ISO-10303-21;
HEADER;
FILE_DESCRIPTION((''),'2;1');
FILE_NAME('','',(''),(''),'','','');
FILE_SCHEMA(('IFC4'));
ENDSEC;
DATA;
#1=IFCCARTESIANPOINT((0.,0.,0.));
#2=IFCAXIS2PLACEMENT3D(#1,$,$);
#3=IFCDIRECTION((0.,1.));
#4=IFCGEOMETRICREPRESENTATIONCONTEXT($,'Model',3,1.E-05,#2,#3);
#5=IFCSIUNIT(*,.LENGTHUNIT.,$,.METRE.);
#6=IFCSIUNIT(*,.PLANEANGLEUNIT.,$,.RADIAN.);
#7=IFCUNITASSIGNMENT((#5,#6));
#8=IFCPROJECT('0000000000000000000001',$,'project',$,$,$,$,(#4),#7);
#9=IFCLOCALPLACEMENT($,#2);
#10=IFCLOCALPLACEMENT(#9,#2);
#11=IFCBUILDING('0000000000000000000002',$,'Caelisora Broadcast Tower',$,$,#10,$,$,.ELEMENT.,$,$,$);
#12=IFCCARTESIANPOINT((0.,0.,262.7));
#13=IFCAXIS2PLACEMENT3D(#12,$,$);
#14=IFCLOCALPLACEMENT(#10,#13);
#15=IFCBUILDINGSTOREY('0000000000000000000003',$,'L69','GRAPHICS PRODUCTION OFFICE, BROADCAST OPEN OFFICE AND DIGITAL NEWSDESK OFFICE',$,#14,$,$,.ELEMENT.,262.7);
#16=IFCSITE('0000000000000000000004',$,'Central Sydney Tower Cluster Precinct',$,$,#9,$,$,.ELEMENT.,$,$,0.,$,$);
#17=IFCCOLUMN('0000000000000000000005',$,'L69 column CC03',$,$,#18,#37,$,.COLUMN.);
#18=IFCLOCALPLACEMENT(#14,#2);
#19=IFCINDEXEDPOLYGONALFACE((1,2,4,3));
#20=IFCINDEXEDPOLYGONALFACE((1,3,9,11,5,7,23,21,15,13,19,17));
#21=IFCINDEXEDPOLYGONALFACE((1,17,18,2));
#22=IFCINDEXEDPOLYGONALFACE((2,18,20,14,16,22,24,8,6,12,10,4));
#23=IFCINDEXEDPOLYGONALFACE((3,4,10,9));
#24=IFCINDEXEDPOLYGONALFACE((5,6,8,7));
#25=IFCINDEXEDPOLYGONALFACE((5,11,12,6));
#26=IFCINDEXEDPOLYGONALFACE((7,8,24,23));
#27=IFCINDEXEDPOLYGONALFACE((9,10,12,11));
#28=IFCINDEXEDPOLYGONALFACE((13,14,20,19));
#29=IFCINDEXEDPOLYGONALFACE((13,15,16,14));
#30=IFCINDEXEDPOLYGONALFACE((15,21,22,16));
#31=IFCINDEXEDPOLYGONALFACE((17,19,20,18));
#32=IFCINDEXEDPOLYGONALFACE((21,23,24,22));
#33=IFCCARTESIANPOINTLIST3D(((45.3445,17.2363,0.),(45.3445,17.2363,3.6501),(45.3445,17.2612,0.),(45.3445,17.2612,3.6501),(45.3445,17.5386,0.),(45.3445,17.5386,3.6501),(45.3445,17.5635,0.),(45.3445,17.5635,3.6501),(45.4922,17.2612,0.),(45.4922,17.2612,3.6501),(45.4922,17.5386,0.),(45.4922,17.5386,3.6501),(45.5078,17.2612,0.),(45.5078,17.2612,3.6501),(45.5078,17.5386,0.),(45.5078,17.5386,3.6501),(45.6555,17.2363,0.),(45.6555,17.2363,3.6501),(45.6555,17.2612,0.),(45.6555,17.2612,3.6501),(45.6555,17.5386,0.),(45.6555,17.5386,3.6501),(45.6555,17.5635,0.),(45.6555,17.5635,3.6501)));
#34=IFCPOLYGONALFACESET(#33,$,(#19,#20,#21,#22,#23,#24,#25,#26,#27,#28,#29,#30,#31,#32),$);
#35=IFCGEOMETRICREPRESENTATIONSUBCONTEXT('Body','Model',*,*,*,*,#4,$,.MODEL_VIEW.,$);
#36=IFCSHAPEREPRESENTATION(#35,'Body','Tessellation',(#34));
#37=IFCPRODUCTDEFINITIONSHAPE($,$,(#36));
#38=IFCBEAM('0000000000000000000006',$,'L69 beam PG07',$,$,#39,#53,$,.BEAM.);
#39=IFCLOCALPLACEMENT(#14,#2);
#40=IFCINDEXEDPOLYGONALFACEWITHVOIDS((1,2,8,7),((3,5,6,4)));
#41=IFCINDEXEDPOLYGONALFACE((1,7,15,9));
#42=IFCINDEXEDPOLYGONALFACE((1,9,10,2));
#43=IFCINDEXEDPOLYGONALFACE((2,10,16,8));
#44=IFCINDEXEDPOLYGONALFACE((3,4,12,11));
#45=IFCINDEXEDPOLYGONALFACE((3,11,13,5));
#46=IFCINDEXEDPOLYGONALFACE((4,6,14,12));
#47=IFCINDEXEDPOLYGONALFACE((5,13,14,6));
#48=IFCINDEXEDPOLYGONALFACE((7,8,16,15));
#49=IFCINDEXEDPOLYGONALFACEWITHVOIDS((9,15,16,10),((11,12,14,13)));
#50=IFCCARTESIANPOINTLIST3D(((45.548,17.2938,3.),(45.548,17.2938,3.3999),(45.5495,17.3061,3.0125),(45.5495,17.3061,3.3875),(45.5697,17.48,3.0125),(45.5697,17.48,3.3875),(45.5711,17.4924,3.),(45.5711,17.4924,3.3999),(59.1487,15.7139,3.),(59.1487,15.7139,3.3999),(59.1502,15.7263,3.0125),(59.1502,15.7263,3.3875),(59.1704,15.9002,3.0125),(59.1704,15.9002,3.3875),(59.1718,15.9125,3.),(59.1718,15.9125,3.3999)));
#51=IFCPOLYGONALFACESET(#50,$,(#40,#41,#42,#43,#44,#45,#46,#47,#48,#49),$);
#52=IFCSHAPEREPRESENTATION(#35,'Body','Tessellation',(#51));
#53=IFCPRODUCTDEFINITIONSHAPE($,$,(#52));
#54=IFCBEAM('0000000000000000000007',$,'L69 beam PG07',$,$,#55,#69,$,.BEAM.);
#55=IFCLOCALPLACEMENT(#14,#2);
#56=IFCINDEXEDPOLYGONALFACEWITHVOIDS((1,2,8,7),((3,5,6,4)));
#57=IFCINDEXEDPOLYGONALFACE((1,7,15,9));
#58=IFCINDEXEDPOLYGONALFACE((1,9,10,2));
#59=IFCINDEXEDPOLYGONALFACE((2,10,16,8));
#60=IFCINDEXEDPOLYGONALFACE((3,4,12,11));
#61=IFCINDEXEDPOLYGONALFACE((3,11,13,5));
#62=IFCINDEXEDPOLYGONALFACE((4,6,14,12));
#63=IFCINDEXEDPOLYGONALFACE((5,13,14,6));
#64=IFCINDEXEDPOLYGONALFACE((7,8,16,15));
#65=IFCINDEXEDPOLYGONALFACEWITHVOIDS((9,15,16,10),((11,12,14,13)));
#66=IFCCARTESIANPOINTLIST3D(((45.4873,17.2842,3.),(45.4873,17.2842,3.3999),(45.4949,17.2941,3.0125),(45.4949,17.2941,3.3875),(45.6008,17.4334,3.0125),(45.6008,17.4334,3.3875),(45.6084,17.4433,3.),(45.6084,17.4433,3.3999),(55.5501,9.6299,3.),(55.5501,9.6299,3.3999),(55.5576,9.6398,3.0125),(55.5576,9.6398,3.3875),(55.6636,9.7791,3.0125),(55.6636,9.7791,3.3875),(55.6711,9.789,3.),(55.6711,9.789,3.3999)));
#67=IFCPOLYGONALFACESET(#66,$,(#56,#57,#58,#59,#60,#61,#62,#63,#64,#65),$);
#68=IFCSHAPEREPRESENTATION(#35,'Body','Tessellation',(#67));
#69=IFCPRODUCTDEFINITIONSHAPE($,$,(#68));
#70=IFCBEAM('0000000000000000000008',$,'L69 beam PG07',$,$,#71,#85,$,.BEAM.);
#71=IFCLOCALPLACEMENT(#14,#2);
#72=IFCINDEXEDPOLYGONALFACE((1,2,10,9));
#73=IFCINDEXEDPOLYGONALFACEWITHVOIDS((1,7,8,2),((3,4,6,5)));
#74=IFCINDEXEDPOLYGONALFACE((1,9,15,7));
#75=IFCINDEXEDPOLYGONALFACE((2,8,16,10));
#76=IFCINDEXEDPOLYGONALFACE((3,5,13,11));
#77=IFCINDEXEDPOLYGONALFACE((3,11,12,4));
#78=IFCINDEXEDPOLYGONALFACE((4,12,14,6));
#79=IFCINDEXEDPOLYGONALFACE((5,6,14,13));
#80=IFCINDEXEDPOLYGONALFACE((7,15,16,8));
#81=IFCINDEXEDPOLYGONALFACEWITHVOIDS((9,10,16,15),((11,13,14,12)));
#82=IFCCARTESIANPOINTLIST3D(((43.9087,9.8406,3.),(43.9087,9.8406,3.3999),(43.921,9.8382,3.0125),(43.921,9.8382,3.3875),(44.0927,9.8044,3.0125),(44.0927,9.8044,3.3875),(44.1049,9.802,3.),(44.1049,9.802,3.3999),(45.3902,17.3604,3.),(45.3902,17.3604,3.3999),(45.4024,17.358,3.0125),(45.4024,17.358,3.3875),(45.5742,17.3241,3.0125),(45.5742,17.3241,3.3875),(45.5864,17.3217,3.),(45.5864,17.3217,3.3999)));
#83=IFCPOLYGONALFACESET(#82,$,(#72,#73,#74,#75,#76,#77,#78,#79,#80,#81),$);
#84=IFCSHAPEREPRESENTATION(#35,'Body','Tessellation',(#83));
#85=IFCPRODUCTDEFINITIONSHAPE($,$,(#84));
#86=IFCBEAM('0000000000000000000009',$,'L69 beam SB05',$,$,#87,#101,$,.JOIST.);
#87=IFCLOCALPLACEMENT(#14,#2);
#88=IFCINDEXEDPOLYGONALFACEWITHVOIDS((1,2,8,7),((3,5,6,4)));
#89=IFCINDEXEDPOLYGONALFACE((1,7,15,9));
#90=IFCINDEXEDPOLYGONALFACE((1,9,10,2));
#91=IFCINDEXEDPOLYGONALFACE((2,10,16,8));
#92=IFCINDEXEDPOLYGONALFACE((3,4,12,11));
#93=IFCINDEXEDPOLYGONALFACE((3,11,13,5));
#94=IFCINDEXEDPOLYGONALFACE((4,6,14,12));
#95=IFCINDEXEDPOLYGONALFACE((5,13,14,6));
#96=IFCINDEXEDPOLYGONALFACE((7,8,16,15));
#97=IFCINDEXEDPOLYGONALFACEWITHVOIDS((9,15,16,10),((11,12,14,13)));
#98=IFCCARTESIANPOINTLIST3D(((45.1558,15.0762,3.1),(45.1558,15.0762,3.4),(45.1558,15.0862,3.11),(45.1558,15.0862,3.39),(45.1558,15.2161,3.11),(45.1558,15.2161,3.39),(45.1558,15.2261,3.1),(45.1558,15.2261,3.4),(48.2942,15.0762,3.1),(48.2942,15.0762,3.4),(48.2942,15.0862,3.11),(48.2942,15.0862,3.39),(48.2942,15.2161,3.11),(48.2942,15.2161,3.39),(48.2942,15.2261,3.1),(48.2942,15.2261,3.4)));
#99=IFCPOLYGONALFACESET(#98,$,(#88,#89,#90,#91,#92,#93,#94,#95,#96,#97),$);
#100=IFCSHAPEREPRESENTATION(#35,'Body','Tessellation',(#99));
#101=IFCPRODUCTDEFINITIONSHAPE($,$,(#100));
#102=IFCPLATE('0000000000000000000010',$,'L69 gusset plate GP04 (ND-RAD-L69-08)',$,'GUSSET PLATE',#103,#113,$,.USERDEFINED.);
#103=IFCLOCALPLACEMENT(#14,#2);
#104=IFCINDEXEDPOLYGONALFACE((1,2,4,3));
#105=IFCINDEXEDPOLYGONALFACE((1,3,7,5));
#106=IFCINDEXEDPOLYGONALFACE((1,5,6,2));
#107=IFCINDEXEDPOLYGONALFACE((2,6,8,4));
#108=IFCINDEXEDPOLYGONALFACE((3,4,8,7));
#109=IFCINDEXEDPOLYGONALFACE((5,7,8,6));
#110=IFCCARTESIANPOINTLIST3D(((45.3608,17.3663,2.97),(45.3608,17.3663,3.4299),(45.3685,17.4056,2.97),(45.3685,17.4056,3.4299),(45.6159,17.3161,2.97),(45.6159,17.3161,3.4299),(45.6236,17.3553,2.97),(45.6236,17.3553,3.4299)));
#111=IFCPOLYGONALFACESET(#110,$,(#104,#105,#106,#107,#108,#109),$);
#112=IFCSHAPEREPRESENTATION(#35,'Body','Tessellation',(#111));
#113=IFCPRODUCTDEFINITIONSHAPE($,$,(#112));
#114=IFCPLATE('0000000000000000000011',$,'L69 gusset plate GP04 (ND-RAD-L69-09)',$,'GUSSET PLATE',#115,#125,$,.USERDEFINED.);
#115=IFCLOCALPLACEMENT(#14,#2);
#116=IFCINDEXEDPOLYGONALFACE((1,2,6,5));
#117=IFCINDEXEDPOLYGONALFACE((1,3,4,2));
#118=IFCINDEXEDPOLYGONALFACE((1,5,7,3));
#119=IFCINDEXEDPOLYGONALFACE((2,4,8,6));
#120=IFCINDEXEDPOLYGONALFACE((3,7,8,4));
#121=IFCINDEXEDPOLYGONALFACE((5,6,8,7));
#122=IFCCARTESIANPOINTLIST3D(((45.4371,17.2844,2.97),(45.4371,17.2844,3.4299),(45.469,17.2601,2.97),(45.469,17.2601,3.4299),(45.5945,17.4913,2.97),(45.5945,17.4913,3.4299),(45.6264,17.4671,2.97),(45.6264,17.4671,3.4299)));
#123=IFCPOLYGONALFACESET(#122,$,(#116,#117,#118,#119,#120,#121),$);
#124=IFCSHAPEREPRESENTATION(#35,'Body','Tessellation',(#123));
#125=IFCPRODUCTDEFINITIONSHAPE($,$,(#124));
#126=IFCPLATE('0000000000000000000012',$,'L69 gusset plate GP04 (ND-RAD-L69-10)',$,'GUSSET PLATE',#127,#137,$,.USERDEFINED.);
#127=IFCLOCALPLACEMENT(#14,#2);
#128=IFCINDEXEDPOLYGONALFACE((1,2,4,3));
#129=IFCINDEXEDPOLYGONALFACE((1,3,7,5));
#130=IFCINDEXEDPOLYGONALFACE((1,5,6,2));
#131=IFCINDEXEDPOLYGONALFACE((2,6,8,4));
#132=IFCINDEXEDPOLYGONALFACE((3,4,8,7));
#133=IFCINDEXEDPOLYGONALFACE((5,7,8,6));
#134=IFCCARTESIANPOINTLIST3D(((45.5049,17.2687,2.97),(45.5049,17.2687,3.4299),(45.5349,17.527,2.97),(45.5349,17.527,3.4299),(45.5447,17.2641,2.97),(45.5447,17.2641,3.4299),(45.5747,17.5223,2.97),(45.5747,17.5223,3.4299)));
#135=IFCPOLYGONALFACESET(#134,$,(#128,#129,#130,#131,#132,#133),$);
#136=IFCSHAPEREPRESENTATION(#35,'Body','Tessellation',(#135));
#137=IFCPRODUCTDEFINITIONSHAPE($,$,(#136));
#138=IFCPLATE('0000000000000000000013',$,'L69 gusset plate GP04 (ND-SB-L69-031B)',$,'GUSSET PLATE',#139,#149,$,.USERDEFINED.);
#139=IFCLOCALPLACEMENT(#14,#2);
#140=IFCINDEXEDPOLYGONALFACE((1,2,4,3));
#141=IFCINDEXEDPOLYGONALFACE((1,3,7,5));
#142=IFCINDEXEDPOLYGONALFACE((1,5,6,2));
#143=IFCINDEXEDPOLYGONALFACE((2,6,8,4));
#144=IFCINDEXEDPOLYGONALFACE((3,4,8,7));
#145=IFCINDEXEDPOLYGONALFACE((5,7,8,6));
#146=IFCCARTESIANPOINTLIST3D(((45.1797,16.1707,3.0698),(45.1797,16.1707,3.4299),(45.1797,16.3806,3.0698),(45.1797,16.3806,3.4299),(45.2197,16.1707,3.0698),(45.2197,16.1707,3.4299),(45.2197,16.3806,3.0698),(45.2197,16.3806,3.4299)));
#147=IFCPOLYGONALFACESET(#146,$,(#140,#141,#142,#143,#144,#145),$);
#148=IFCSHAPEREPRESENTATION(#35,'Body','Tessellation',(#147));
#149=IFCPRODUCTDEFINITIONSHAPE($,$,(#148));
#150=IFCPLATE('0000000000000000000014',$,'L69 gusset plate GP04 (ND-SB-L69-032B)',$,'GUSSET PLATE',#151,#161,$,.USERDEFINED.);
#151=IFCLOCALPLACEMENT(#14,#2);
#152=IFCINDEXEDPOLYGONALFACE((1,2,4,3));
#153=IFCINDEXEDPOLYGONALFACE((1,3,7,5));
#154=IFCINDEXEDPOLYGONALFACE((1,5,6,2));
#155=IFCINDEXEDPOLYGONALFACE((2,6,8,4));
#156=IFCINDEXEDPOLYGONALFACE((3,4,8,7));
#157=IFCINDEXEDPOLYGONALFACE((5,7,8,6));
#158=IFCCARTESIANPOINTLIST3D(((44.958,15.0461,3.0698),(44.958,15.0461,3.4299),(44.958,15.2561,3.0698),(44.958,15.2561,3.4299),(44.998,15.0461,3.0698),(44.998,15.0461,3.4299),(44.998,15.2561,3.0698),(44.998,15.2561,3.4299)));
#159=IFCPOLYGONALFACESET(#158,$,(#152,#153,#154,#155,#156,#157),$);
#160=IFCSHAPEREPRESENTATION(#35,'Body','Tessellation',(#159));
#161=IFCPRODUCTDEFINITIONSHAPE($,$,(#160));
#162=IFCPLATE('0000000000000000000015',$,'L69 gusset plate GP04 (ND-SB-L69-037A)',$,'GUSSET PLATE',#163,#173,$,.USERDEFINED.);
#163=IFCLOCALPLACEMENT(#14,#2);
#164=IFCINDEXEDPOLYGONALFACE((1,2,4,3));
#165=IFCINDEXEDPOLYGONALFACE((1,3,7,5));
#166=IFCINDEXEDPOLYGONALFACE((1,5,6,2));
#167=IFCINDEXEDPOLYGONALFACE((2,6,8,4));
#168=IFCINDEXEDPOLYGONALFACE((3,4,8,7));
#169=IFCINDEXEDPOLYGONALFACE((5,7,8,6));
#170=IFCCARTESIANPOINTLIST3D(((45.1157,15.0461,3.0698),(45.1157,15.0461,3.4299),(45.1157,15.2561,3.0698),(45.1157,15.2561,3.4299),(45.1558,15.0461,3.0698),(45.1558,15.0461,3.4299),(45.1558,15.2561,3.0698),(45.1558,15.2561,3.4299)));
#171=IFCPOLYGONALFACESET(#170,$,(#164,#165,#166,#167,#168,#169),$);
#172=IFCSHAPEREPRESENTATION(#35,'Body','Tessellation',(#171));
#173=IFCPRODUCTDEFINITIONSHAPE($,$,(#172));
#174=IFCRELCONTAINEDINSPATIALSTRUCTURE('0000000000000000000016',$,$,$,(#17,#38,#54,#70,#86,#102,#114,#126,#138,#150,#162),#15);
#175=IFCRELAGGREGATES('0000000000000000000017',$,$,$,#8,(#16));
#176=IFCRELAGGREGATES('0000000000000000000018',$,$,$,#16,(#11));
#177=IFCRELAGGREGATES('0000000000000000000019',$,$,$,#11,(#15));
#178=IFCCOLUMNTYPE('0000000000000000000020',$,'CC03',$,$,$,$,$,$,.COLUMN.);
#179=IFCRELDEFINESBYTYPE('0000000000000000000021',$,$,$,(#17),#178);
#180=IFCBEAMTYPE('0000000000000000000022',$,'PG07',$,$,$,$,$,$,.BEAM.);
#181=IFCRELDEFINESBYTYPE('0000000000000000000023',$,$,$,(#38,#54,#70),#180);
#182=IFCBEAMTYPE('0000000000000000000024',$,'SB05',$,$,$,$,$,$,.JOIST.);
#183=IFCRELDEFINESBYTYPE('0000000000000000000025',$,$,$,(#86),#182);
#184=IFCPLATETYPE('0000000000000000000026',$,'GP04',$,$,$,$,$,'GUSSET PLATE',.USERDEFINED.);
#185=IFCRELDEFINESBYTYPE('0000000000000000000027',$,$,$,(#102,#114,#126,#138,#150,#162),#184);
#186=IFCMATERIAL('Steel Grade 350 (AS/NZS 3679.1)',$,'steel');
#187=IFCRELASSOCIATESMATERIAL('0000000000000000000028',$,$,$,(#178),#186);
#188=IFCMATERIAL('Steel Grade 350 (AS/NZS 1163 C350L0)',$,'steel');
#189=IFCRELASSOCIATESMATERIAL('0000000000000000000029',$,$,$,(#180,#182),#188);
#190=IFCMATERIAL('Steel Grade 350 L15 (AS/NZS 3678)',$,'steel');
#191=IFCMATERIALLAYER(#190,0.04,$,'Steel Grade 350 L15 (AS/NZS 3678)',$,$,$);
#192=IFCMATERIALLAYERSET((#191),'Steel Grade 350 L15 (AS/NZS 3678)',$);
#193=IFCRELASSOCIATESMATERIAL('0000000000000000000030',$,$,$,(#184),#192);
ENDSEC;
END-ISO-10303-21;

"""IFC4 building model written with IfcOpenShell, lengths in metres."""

from ifc_helpers import new_model, si_unit, direction, frame, origin, origin_2d, place, context, subcontext, project, spatial, rectangle, hollow_rectangle, i_section, extrude, source, transform, mapped, material, layer, layer_set, material_profile, profile_set, type_object, type_shapes, element, save


model = new_model("IFC4")

# Units and contexts
model_context = context("Model", 3, precision=1e-05, world=origin(), true_north=direction((0.0, 1.0)))
body_context = subcontext(model_context, "Body", "Model", "MODEL_VIEW")
ifc_project = project(units=[si_unit("LENGTHUNIT", "METRE"), si_unit("PLANEANGLEUNIT", "RADIAN")], contexts=[model_context])

# Site, building, storey
site_placement = place(None, origin())
site = spatial("IfcSite", under=ifc_project, at=site_placement, Name="Central Sydney Tower Cluster Precinct", CompositionType="ELEMENT", RefElevation=0.0)
building_placement = place(site_placement, origin())
building = spatial("IfcBuilding", under=site, at=building_placement, Name="Caelisora Broadcast Tower", CompositionType="ELEMENT")
storey_placement = place(building_placement, frame((0.0, 0.0, 262.7)))
storey = spatial("IfcBuildingStorey", under=building, at=storey_placement, Name="L69", Description="GRAPHICS PRODUCTION OFFICE, BROADCAST OPEN OFFICE AND DIGITAL NEWSDESK OFFICE", CompositionType="ELEMENT", Elevation=262.7)

# Column
ifc_material_1 = material(Name="Steel Grade 350 (AS/NZS 3679.1)", Category="steel")
ifc_material_profile_1 = material_profile(ifc_material_1, i_section(OverallWidth=0.311, OverallDepth=0.3271, WebThickness=0.0156, FlangeThickness=0.0249, at=origin_2d()), Name="Steel Grade 350 (AS/NZS 3679.1)")
ifc_profile_set_1 = profile_set([ifc_material_profile_1], Name="Steel Grade 350 (AS/NZS 3679.1)")
column_type = type_object("IfcColumnType", Name="CC03", PredefinedType="COLUMN", material=ifc_profile_set_1)
shared_shape_1 = source(origin(), body_context, "Body", "SweptSolid", [
    extrude(i_section(OverallWidth=0.311, OverallDepth=0.3271, WebThickness=0.0156, FlangeThickness=0.0249, at=origin_2d()), origin(), (0.0, 0.0, 1.0), 3.6501),
])
type_shapes(column_type, [shared_shape_1])
column_placement = place(storey_placement, frame((45.5, 17.3999, 0.0), z_axis=(0.0, 0.0, 1.0), x_axis=(1.0, 0.0, 0.0)))
element("IfcColumn", 1, at=column_placement, inside=storey, type_object=column_type, Name="L69 column CC03", PredefinedType="COLUMN", context=body_context, shape_type="MappedRepresentation", body=[
    mapped(shared_shape_1, transform((0.0, 0.0, 0.0), scale=1.0)),
])

# Beams
ifc_material_2 = material(Name="Steel Grade 350 (AS/NZS 1163 C350L0)", Category="steel")
ifc_material_profile_2 = material_profile(ifc_material_2, hollow_rectangle(XDim=0.2, YDim=0.3999, WallThickness=0.0125, at=origin_2d()), Name="Steel Grade 350 (AS/NZS 1163 C350L0)")
ifc_profile_set_2 = profile_set([ifc_material_profile_2], Name="Steel Grade 350 (AS/NZS 1163 C350L0)")
beam_type_1 = type_object("IfcBeamType", Name="PG07", PredefinedType="BEAM", material=ifc_profile_set_2)
shared_shape_2 = source(origin(), body_context, "Body", "SweptSolid", [
    extrude(hollow_rectangle(XDim=0.2, YDim=0.3999, WallThickness=0.0125, at=origin_2d()), origin(), (0.0, 0.0, 1.0), 13.6921),
])
beam_1_placement = place(storey_placement, frame((45.5596, 17.3931, 3.2), z_axis=(0.993321, -0.115383, 0.0), x_axis=(0.115383, 0.993321, 0.0)))
element("IfcBeam", 2, at=beam_1_placement, inside=storey, type_object=beam_type_1, Name="L69 beam PG07", PredefinedType="BEAM", context=body_context, shape_type="MappedRepresentation", body=[
    mapped(shared_shape_2, transform((0.0, 0.0, 0.0), scale=1.0)),
])
shared_shape_3 = source(origin(), body_context, "Body", "SweptSolid", [
    extrude(hollow_rectangle(XDim=0.2, YDim=0.3999, WallThickness=0.0125, at=origin_2d()), origin(), (0.0, 0.0, 1.0), 12.6431),
])
beam_2_placement = place(storey_placement, frame((45.5479, 17.3638, 3.2), z_axis=(0.79591, -0.605415, 0.0), x_axis=(0.605415, 0.79591, 0.0)))
element("IfcBeam", 3, at=beam_2_placement, inside=storey, type_object=beam_type_1, Name="L69 beam PG07", PredefinedType="BEAM", context=body_context, shape_type="MappedRepresentation", body=[
    mapped(shared_shape_3, transform((0.0, 0.0, 0.0), scale=1.0)),
])
shared_shape_4 = source(origin(), body_context, "Body", "SweptSolid", [
    extrude(hollow_rectangle(XDim=0.2, YDim=0.3999, WallThickness=0.0125, at=origin_2d()), origin(), (0.0, 0.0, 1.0), 7.6643),
])
type_shapes(beam_type_1, [shared_shape_2, shared_shape_3, shared_shape_4])
beam_3_placement = place(storey_placement, frame((45.4883, 17.3411, 3.2), z_axis=(-0.193291, -0.981141, 0.0), x_axis=(0.981141, -0.193291, 0.0)))
element("IfcBeam", 4, at=beam_3_placement, inside=storey, type_object=beam_type_1, Name="L69 beam PG07", PredefinedType="BEAM", context=body_context, shape_type="MappedRepresentation", body=[
    mapped(shared_shape_4, transform((0.0, 0.0, 0.0), scale=1.0)),
])
ifc_material_profile_3 = material_profile(ifc_material_2, hollow_rectangle(XDim=0.1499, YDim=0.3, WallThickness=0.01, at=origin_2d()), Name="Steel Grade 350 (AS/NZS 1163 C350L0)")
ifc_profile_set_3 = profile_set([ifc_material_profile_3], Name="Steel Grade 350 (AS/NZS 1163 C350L0)")
beam_type_2 = type_object("IfcBeamType", Name="SB05", PredefinedType="JOIST", material=ifc_profile_set_3)
shared_shape_5 = source(origin(), body_context, "Body", "SweptSolid", [
    extrude(hollow_rectangle(XDim=0.1499, YDim=0.3, WallThickness=0.01, at=origin_2d()), origin(), (0.0, 0.0, 1.0), 3.1384),
])
type_shapes(beam_type_2, [shared_shape_5])
beam_4_placement = place(storey_placement, frame((45.1558, 15.1511, 3.25), z_axis=(1.0, 0.0, 0.0), x_axis=(0.0, 1.0, 0.0)))
element("IfcBeam", 5, at=beam_4_placement, inside=storey, type_object=beam_type_2, Name="L69 beam SB05", PredefinedType="JOIST", context=body_context, shape_type="MappedRepresentation", body=[
    mapped(shared_shape_5, transform((0.0, 0.0, 0.0), scale=1.0)),
])

# Plates
ifc_material_3 = material(Name="Steel Grade 350 L15 (AS/NZS 3678)", Category="steel")
ifc_layer_1 = layer(ifc_material_3, 0.04, Name="Steel Grade 350 L15 (AS/NZS 3678)")
ifc_layer_set_1 = layer_set([ifc_layer_1], Name="Steel Grade 350 L15 (AS/NZS 3678)")
plate_type = type_object("IfcPlateType", Name="GP04", ElementType="GUSSET PLATE", PredefinedType="USERDEFINED", material=ifc_layer_set_1)
shared_shape_6 = source(origin(), body_context, "Body", "SweptSolid", [
    extrude(rectangle(XDim=0.26, YDim=0.04, at=origin_2d()), origin(), (0.0, 0.0, 1.0), 0.46),
])
for number, where, z_axis, x_axis, name in (
    (6, (45.4922, 17.3608, 2.97), (0.0, 0.0, 1.0), (0.981124, -0.193378, 0.0), "L69 gusset plate GP04 (ND-RAD-L69-08)"),
    (7, (45.5317, 17.3757, 2.97), (0.0, 0.0, 1.0), (0.605433, 0.795896, 0.0), "L69 gusset plate GP04 (ND-RAD-L69-09)"),
    (8, (45.5398, 17.3955, 2.97), (0.0, 0.0, 1.0), (0.115457, 0.993312, 0.0), "L69 gusset plate GP04 (ND-RAD-L69-10)"),
):
    element("IfcPlate", number, at=place(storey_placement, frame(where, z_axis=z_axis, x_axis=x_axis)), inside=storey, type_object=plate_type, Name=name, ObjectType="GUSSET PLATE", PredefinedType="USERDEFINED", context=body_context, shape_type="MappedRepresentation", body=[
        mapped(shared_shape_6, transform((0.0, 0.0, 0.0), scale=1.0)),
    ])
shared_shape_7 = source(origin(), body_context, "Body", "SweptSolid", [
    extrude(rectangle(XDim=0.21, YDim=0.04, at=origin_2d()), origin(), (0.0, 0.0, 1.0), 0.3601),
])
type_shapes(plate_type, [shared_shape_6, shared_shape_7])
for number, where, z_axis, x_axis, name in (
    (9, (45.1997, 16.2756, 3.0698), (0.0, 0.0, 1.0), (0.0, 1.0, 0.0), "L69 gusset plate GP04 (ND-SB-L69-031B)"),
    (10, (44.978, 15.1511, 3.0698), (0.0, 0.0, 1.0), (0.0, 1.0, 0.0), "L69 gusset plate GP04 (ND-SB-L69-032B)"),
    (11, (45.1357, 15.1511, 3.0698), (0.0, 0.0, 1.0), (0.0, 1.0, 0.0), "L69 gusset plate GP04 (ND-SB-L69-037A)"),
):
    element("IfcPlate", number, at=place(storey_placement, frame(where, z_axis=z_axis, x_axis=x_axis)), inside=storey, type_object=plate_type, Name=name, ObjectType="GUSSET PLATE", PredefinedType="USERDEFINED", context=body_context, shape_type="MappedRepresentation", body=[
        mapped(shared_shape_7, transform((0.0, 0.0, 0.0), scale=1.0)),
    ])

save(model, "model.ifc")
